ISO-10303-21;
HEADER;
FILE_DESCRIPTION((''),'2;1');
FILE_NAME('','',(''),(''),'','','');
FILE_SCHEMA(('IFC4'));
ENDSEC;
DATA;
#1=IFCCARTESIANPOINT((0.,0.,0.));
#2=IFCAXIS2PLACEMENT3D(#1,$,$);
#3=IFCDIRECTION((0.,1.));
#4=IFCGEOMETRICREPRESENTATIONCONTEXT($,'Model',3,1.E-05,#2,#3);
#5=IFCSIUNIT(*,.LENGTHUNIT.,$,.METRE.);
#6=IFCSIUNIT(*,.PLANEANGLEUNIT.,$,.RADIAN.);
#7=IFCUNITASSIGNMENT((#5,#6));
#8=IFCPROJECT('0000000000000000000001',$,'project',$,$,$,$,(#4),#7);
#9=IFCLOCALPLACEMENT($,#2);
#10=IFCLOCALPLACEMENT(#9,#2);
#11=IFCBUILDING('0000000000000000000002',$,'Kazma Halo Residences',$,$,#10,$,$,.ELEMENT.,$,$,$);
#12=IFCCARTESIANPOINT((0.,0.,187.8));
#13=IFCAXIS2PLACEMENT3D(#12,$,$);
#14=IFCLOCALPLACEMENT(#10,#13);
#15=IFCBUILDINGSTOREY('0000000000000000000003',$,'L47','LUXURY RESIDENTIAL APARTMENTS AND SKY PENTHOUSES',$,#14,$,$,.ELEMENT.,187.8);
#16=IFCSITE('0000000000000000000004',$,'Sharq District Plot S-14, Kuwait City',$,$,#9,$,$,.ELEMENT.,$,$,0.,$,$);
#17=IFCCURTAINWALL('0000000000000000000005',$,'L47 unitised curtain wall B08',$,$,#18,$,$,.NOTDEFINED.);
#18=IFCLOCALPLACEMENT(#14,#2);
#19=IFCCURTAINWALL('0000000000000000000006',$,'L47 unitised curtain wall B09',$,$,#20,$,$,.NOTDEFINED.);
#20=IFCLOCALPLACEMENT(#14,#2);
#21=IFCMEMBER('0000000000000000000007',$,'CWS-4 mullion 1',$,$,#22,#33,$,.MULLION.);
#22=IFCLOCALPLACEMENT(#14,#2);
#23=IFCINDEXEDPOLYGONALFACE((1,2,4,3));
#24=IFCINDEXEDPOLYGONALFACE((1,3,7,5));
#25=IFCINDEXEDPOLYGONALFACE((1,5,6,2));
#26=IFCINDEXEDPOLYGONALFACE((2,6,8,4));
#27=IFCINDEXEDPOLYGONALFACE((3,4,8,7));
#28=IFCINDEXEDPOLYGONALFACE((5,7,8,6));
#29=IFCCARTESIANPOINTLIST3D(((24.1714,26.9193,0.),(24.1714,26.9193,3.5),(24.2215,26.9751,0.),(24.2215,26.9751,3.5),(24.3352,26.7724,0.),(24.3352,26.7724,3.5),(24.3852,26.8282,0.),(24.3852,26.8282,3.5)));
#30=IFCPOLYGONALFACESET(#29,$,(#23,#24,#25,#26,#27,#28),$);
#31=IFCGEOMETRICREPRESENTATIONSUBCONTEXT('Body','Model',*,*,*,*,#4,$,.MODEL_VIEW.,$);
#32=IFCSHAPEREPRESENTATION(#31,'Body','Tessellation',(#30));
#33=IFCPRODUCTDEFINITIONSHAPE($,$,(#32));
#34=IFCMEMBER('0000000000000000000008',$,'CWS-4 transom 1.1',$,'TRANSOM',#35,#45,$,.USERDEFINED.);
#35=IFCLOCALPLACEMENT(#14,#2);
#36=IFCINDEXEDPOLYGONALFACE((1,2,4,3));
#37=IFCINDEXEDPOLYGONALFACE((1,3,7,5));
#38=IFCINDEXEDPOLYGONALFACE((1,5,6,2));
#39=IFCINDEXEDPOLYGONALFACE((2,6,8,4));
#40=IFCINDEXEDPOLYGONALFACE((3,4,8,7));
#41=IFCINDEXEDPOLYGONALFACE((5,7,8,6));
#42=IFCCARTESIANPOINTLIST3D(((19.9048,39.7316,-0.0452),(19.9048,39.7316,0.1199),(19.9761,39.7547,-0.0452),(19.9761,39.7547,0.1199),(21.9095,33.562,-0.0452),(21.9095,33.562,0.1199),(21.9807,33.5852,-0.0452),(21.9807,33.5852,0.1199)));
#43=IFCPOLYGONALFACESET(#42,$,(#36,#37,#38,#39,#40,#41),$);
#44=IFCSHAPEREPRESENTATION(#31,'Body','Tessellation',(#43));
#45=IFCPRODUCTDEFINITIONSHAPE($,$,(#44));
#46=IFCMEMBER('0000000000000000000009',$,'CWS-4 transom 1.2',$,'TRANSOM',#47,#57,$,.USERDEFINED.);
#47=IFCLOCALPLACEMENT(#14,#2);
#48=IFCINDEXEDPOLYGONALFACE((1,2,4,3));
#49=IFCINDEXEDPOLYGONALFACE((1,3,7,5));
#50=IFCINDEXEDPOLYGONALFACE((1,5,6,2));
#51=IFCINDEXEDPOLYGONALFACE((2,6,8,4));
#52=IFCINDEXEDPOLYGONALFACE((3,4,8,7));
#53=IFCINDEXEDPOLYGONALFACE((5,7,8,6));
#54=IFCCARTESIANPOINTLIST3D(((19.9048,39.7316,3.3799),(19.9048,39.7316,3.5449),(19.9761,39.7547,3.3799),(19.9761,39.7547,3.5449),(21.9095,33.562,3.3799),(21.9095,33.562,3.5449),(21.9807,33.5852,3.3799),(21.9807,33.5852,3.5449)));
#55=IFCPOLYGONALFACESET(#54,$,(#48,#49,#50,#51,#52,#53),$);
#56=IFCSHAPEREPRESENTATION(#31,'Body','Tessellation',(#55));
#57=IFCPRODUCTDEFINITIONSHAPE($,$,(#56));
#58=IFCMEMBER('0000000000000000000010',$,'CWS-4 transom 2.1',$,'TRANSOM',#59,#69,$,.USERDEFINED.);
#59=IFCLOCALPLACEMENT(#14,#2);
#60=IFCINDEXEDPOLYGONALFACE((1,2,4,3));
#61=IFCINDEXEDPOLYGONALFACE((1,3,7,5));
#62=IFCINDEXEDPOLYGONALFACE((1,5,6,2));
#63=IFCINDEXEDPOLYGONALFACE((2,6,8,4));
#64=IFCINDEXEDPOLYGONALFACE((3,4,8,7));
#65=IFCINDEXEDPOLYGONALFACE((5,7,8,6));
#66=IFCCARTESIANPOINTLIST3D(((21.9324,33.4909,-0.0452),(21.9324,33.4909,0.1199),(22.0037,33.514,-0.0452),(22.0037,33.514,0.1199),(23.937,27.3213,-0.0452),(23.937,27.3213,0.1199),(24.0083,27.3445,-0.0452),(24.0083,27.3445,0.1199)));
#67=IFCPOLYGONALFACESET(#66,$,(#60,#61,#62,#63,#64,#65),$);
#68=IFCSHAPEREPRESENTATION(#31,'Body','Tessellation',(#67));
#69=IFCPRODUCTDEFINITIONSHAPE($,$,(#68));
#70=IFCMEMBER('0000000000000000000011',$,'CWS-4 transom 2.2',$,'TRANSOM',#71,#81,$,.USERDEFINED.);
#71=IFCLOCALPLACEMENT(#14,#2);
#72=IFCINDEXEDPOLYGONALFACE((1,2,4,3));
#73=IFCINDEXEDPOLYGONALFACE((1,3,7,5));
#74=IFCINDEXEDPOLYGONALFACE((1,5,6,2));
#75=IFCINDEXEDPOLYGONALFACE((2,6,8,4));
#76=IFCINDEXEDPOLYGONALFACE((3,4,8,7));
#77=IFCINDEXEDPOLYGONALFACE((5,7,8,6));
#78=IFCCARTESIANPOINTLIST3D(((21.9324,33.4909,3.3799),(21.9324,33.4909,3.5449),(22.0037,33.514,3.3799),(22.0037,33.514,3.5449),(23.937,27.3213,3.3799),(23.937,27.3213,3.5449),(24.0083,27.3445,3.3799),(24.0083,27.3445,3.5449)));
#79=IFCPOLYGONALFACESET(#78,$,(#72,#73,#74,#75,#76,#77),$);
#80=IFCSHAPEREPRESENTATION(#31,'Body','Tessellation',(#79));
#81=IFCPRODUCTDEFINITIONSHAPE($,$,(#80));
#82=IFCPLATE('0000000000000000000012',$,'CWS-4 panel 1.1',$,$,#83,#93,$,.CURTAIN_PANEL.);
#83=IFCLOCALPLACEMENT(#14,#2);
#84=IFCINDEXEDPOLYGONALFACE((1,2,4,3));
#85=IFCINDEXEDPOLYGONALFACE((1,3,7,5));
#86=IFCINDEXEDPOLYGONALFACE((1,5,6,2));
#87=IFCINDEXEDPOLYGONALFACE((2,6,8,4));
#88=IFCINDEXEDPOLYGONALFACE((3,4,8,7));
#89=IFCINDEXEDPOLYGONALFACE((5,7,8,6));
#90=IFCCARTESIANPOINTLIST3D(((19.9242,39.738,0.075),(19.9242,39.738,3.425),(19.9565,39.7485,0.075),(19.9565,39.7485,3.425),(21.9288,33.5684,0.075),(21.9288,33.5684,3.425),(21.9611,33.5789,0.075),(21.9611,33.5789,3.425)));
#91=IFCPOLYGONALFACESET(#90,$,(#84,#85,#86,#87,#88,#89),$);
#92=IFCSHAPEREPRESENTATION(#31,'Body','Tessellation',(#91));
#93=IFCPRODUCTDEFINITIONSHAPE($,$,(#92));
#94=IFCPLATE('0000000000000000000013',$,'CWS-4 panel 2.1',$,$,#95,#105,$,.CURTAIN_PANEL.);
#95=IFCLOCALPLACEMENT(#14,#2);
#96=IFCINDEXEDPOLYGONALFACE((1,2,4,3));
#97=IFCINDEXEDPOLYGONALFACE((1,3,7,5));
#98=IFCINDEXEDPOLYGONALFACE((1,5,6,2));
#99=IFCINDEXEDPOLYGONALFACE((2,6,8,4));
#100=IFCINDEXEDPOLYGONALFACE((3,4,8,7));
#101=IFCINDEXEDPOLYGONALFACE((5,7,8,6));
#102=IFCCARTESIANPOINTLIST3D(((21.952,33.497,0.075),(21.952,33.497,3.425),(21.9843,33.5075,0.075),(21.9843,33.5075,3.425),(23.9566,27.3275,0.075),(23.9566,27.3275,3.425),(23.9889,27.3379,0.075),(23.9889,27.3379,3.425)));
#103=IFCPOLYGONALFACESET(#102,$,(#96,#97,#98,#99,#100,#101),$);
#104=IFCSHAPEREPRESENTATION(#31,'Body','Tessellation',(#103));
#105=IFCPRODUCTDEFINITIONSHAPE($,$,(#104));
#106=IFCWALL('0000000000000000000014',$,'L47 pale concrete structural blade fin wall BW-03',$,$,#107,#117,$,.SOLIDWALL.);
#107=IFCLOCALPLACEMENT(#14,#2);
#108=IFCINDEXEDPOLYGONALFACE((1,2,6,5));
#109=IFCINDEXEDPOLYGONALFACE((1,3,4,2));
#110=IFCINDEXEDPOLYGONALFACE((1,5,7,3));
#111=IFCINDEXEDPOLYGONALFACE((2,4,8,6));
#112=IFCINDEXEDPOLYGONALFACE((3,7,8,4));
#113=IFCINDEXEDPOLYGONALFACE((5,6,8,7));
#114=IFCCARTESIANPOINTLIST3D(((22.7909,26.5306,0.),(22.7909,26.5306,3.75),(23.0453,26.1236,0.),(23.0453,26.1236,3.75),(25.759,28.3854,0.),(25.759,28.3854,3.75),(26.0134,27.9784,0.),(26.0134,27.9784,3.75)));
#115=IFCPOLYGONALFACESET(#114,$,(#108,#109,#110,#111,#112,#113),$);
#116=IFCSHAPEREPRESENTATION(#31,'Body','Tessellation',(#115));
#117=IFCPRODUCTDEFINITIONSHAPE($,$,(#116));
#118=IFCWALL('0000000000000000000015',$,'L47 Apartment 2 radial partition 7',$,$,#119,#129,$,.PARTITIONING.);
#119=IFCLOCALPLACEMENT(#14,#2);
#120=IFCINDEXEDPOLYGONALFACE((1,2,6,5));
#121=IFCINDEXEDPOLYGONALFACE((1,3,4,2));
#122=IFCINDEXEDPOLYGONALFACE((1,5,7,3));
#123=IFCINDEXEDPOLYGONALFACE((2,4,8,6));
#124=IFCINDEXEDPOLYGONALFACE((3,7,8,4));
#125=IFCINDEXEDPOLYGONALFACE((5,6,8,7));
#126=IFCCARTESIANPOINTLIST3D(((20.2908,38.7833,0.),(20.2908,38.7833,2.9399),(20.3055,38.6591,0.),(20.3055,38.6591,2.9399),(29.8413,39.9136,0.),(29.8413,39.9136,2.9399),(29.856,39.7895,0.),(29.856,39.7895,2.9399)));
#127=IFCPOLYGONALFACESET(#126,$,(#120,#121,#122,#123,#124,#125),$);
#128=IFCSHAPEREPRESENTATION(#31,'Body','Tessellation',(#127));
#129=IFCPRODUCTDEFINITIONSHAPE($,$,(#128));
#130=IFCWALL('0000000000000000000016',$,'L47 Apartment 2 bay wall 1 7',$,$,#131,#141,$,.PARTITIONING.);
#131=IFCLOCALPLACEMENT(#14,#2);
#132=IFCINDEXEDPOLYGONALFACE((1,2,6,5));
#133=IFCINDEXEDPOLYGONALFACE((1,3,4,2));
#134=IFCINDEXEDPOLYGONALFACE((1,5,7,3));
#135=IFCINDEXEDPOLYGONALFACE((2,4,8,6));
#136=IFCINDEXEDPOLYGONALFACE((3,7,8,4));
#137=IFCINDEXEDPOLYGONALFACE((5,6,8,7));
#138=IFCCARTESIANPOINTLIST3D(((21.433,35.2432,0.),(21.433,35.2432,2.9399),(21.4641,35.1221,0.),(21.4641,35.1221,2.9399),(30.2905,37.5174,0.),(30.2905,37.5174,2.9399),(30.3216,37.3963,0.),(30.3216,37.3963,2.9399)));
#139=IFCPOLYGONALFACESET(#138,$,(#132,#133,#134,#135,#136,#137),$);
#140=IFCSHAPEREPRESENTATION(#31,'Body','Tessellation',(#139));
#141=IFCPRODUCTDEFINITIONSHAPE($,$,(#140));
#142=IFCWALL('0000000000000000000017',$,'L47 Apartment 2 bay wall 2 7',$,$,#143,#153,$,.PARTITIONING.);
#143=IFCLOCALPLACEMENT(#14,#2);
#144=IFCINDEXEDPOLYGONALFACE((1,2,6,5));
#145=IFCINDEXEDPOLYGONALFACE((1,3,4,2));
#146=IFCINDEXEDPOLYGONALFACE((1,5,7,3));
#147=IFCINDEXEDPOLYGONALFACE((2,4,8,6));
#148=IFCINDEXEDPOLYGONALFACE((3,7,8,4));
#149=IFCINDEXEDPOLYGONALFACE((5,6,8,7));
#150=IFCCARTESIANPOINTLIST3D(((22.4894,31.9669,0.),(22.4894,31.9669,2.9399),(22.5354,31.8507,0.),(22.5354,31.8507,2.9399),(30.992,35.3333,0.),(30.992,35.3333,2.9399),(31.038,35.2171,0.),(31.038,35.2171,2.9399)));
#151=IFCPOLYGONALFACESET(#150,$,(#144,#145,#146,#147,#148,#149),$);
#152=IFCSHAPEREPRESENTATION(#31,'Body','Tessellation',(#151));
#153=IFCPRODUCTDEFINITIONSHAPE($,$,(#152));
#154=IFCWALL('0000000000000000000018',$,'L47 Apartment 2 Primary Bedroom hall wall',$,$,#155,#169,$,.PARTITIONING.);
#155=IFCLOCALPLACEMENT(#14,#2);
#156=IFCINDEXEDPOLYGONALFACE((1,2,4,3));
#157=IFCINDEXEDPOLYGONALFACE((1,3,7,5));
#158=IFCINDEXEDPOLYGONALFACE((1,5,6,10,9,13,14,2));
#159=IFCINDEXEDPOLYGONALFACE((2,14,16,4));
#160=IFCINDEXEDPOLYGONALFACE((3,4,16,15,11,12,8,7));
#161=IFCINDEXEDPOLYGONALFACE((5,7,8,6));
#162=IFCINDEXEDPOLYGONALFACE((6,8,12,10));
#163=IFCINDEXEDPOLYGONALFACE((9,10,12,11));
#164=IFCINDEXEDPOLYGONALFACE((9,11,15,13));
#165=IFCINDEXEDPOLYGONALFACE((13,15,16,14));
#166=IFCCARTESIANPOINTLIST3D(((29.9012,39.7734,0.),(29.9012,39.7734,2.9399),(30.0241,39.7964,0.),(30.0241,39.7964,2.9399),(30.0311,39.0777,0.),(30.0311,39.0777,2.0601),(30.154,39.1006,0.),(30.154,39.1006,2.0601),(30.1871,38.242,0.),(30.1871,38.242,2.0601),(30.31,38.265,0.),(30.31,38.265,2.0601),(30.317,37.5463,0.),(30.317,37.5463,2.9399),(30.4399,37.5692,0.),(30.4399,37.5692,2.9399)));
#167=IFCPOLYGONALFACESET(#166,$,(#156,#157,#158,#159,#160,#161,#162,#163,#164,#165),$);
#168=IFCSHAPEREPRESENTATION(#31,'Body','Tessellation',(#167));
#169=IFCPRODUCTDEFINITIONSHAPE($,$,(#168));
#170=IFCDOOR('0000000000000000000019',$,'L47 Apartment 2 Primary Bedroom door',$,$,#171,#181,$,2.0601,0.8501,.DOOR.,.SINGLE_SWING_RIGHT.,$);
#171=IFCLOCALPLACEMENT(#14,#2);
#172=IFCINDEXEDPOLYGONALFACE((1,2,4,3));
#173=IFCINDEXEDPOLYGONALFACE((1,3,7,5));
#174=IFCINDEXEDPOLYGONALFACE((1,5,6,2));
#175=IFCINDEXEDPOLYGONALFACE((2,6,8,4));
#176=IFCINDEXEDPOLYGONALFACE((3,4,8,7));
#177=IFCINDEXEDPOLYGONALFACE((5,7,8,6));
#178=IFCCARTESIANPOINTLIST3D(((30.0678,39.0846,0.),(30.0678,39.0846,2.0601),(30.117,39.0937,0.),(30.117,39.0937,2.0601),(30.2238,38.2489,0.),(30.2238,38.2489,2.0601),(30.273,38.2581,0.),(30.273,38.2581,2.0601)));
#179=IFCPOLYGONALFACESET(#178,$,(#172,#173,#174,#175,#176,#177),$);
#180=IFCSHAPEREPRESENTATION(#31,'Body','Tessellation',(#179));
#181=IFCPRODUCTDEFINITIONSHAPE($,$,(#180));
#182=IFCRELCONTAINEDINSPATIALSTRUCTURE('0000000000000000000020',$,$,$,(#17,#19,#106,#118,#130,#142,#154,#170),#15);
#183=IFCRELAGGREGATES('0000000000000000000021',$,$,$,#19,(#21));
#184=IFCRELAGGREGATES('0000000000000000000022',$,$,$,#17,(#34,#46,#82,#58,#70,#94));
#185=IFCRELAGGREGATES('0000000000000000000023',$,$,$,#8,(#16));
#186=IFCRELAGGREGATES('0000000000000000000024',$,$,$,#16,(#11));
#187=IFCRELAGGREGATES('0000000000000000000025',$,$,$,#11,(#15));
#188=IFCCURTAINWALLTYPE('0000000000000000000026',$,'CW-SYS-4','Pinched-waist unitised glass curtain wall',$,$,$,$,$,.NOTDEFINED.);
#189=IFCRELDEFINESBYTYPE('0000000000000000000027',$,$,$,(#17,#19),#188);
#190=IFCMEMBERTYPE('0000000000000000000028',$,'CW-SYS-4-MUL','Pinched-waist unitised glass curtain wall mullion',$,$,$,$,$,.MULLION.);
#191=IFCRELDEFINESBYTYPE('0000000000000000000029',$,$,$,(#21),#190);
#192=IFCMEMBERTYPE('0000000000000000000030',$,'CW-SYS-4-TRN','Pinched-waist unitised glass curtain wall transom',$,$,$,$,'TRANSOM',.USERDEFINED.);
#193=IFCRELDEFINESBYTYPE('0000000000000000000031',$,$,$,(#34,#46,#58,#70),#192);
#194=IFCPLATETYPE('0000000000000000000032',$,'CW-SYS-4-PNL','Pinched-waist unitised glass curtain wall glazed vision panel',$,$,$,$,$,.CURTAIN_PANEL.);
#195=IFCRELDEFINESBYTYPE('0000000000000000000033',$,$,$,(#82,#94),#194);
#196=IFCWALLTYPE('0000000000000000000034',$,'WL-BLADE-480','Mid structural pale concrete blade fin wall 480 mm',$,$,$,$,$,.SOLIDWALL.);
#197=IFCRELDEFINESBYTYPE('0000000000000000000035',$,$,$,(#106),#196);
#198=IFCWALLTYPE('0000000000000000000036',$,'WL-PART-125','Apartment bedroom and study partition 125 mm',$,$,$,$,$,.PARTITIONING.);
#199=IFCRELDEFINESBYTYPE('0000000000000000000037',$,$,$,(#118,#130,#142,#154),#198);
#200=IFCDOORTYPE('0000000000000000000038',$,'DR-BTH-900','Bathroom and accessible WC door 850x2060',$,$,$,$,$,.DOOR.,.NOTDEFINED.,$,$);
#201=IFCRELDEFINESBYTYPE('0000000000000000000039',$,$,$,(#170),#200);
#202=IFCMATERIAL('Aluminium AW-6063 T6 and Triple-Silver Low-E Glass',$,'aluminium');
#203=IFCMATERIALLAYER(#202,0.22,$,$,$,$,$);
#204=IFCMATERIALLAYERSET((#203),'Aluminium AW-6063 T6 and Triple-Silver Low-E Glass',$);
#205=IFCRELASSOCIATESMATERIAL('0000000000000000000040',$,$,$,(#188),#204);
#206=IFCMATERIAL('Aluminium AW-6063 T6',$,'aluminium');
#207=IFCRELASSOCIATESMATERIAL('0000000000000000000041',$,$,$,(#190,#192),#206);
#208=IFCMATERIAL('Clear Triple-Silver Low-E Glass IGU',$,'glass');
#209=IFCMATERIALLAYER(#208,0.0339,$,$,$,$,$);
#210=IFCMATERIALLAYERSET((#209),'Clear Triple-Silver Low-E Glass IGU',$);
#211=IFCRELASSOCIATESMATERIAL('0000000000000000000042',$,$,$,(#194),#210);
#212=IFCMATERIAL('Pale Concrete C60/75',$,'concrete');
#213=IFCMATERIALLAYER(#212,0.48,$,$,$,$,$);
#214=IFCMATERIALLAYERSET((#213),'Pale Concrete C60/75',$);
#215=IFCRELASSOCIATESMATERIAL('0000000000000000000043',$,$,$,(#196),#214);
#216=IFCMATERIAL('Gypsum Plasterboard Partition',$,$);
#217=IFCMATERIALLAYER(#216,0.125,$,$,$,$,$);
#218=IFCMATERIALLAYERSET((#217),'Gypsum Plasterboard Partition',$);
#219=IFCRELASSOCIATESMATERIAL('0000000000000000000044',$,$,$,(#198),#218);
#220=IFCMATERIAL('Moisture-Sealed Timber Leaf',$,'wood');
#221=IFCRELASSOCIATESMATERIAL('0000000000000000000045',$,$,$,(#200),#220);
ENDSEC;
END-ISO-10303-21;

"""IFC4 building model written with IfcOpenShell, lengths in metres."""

from ifc_helpers import new_model, si_unit, direction, frame, frame_2d, origin, origin_2d, place, context, subcontext, project, spatial, rectangle, extrude, material, layer, layer_set, material_profile, profile_set, type_object, element, fill, aggregate, save


model = new_model("IFC4")

# Units and contexts
model_context = context("Model", 3, precision=1e-05, world=origin(), true_north=direction((0.0, 1.0)))
body_context = subcontext(model_context, "Body", "Model", "MODEL_VIEW")
ifc_project = project(units=[si_unit("LENGTHUNIT", "METRE"), si_unit("PLANEANGLEUNIT", "RADIAN")], contexts=[model_context])

# Site, building, storey
site_placement = place(None, origin())
site = spatial("IfcSite", under=ifc_project, at=site_placement, Name="Sharq District Plot S-14, Kuwait City", CompositionType="ELEMENT", RefElevation=0.0)
building_placement = place(site_placement, origin())
building = spatial("IfcBuilding", under=site, at=building_placement, Name="Kazma Halo Residences", CompositionType="ELEMENT")
storey_placement = place(building_placement, frame((0.0, 0.0, 187.8)))
storey = spatial("IfcBuildingStorey", under=building, at=storey_placement, Name="L47", Description="LUXURY RESIDENTIAL APARTMENTS AND SKY PENTHOUSES", CompositionType="ELEMENT", Elevation=187.8)

# Curtain wall
ifc_material_1 = material(Name="Aluminium AW-6063 T6 and Triple-Silver Low-E Glass", Category="aluminium")
ifc_layer_1 = layer(ifc_material_1, 0.22)
ifc_layer_set_1 = layer_set([ifc_layer_1], Name="Aluminium AW-6063 T6 and Triple-Silver Low-E Glass")
curtain_wall_type = type_object("IfcCurtainWallType", Name="CW-SYS-4", Description="Pinched-waist unitised glass curtain wall", PredefinedType="NOTDEFINED", material=ifc_layer_set_1)
curtain_wall_1_placement = place(storey_placement, origin())
curtain_wall_1 = element("IfcCurtainWall", 1, at=curtain_wall_1_placement, inside=storey, type_object=curtain_wall_type, Name="L47 unitised curtain wall B08", PredefinedType="NOTDEFINED")
ifc_material_2 = material(Name="Aluminium AW-6063 T6", Category="aluminium")
ifc_material_profile_1 = material_profile(ifc_material_2, rectangle(XDim=0.075, YDim=0.22, at=origin_2d()), Name="CWM-75x220")
ifc_profile_set_1 = profile_set([ifc_material_profile_1], Name="Aluminium AW-6063 T6")
member_type_1 = type_object("IfcMemberType", Name="CW-SYS-4-MUL", Description="Pinched-waist unitised glass curtain wall mullion", PredefinedType="MULLION", material=ifc_profile_set_1)

# Curtain wall, member
curtain_wall_2_placement = place(storey_placement, origin())
curtain_wall_2 = element("IfcCurtainWall", 2, at=curtain_wall_2_placement, inside=storey, type_object=curtain_wall_type, Name="L47 unitised curtain wall B09", PredefinedType="NOTDEFINED")
member_1_placement = place(storey_placement, frame((24.2783, 26.8738, 0.0), z_axis=(0.0, 0.0, 1.0), x_axis=(0.667784, 0.744355, 0.0)))
member_1 = element("IfcMember", 3, at=member_1_placement, type_object=member_type_1, Name="CWS-4 mullion 1", PredefinedType="MULLION", context=body_context, shape_type="SweptSolid", body=[
    extrude(rectangle(XDim=0.075, YDim=0.22, at=origin_2d()), origin(), (0.0, 0.0, 1.0), 3.5),
])
aggregate(curtain_wall_2, [member_1])

# Members
ifc_material_profile_2 = material_profile(ifc_material_2, rectangle(XDim=0.075, YDim=0.165, at=origin_2d()), Name="CWT-75x165")
ifc_profile_set_2 = profile_set([ifc_material_profile_2], Name="Aluminium AW-6063 T6")
member_type_2 = type_object("IfcMemberType", Name="CW-SYS-4-TRN", Description="Pinched-waist unitised glass curtain wall transom", ElementType="TRANSOM", PredefinedType="USERDEFINED", material=ifc_profile_set_2)
member_2_placement = place(storey_placement, frame((19.9404, 39.7432, 0.0374), z_axis=(0.309027, -0.951053, 0.0), x_axis=(0.951053, 0.309027, 0.0)))
member_2 = element("IfcMember", 4, at=member_2_placement, type_object=member_type_2, Name="CWS-4 transom 1.1", ObjectType="TRANSOM", PredefinedType="USERDEFINED", context=body_context, shape_type="SweptSolid", body=[
    extrude(rectangle(XDim=0.075, YDim=0.165, at=origin_2d()), origin(), (0.0, 0.0, 1.0), 6.4871),
])
member_3_placement = place(storey_placement, frame((19.9404, 39.7432, 3.4624), z_axis=(0.309027, -0.951053, 0.0), x_axis=(0.951053, 0.309027, 0.0)))
member_3 = element("IfcMember", 5, at=member_3_placement, type_object=member_type_2, Name="CWS-4 transom 1.2", ObjectType="TRANSOM", PredefinedType="USERDEFINED", context=body_context, shape_type="SweptSolid", body=[
    extrude(rectangle(XDim=0.075, YDim=0.165, at=origin_2d()), origin(), (0.0, 0.0, 1.0), 6.4871),
])
member_4_placement = place(storey_placement, frame((21.968, 33.5024, 0.0374), z_axis=(0.309015, -0.951057, 0.0), x_axis=(0.951057, 0.309015, 0.0)))
member_4 = element("IfcMember", 6, at=member_4_placement, type_object=member_type_2, Name="CWS-4 transom 2.1", ObjectType="TRANSOM", PredefinedType="USERDEFINED", context=body_context, shape_type="SweptSolid", body=[
    extrude(rectangle(XDim=0.075, YDim=0.165, at=origin_2d()), origin(), (0.0, 0.0, 1.0), 6.4871),
])
member_5_placement = place(storey_placement, frame((21.968, 33.5024, 3.4624), z_axis=(0.309015, -0.951057, 0.0), x_axis=(0.951057, 0.309015, 0.0)))
member_5 = element("IfcMember", 7, at=member_5_placement, type_object=member_type_2, Name="CWS-4 transom 2.2", ObjectType="TRANSOM", PredefinedType="USERDEFINED", context=body_context, shape_type="SweptSolid", body=[
    extrude(rectangle(XDim=0.075, YDim=0.165, at=origin_2d()), origin(), (0.0, 0.0, 1.0), 6.4871),
])

# Plates
ifc_material_3 = material(Name="Clear Triple-Silver Low-E Glass IGU", Category="glass")
ifc_layer_2 = layer(ifc_material_3, 0.0339)
ifc_layer_set_2 = layer_set([ifc_layer_2], Name="Clear Triple-Silver Low-E Glass IGU")
plate_type = type_object("IfcPlateType", Name="CW-SYS-4-PNL", Description="Pinched-waist unitised glass curtain wall glazed vision panel", PredefinedType="CURTAIN_PANEL", material=ifc_layer_set_2)
plate_1_placement = place(storey_placement, frame((20.9426, 36.6584, 0.075), z_axis=(0.0, 0.0, 1.0), x_axis=(0.309016, -0.951057, 0.0)))
plate_1 = element("IfcPlate", 8, at=plate_1_placement, type_object=plate_type, Name="CWS-4 panel 1.1", PredefinedType="CURTAIN_PANEL", context=body_context, shape_type="SweptSolid", body=[
    extrude(rectangle(XDim=6.4871, YDim=0.0339, at=origin_2d()), origin(), (0.0, 0.0, 1.0), 3.3501),
])
plate_2_placement = place(storey_placement, frame((22.9705, 30.4175, 0.075), z_axis=(0.0, 0.0, 1.0), x_axis=(0.309016, -0.951057, 0.0)))
plate_2 = element("IfcPlate", 9, at=plate_2_placement, type_object=plate_type, Name="CWS-4 panel 2.1", PredefinedType="CURTAIN_PANEL", context=body_context, shape_type="SweptSolid", body=[
    extrude(rectangle(XDim=6.4871, YDim=0.0339, at=origin_2d()), origin(), (0.0, 0.0, 1.0), 3.3501),
])
aggregate(curtain_wall_1, [member_2, member_3, plate_1, member_4, member_5, plate_2])

# Walls
ifc_material_4 = material(Name="Pale Concrete C60/75", Category="concrete")
ifc_layer_3 = layer(ifc_material_4, 0.48)
ifc_layer_set_3 = layer_set([ifc_layer_3], Name="Pale Concrete C60/75")
wall_type_1 = type_object("IfcWallType", Name="WL-BLADE-480", Description="Mid structural pale concrete blade fin wall 480 mm", PredefinedType="SOLIDWALL", material=ifc_layer_set_3)
wall_1_placement = place(storey_placement, frame((25.8862, 28.1819, 0.0), z_axis=(0.0, 0.0, 1.0), x_axis=(-0.848034, -0.529943, 0.0)))
element("IfcWall", 10, at=wall_1_placement, inside=storey, type_object=wall_type_1, Name="L47 pale concrete structural blade fin wall BW-03", PredefinedType="SOLIDWALL", context=body_context, shape_type="SweptSolid", body=[
    extrude(rectangle(XDim=3.5, YDim=0.48, at=frame_2d((1.75, 0.0))), origin(), (0.0, 0.0, 1.0), 3.75),
])
ifc_material_5 = material(Name="Gypsum Plasterboard Partition")
ifc_layer_4 = layer(ifc_material_5, 0.125)
ifc_layer_set_4 = layer_set([ifc_layer_4], Name="Gypsum Plasterboard Partition")
wall_type_2 = type_object("IfcWallType", Name="WL-PART-125", Description="Apartment bedroom and study partition 125 mm", PredefinedType="PARTITIONING", material=ifc_layer_set_4)
wall_2_placement = place(storey_placement, frame((29.8486, 39.8516, 0.0), z_axis=(0.0, 0.0, 1.0), x_axis=(-0.993069, -0.117536, 0.0)))
element("IfcWall", 11, at=wall_2_placement, inside=storey, type_object=wall_type_2, Name="L47 Apartment 2 radial partition 7", PredefinedType="PARTITIONING", context=body_context, shape_type="SweptSolid", body=[
    extrude(rectangle(XDim=9.6172, YDim=0.125, at=frame_2d((4.8086, 0.0))), origin(), (0.0, 0.0, 1.0), 2.9399),
])
for number, where, z_axis, x_axis, name in (
    (12, (30.3059, 37.4568, 0.0), (0.0, 0.0, 1.0), (-0.968584, -0.248687, 0.0), "L47 Apartment 2 bay wall 1 7"),
    (13, (31.0149, 35.2751, 0.0), (0.0, 0.0, 1.0), (-0.929776, -0.368125, 0.0), "L47 Apartment 2 bay wall 2 7"),
):
    element("IfcWall", number, at=place(storey_placement, frame(where, z_axis=z_axis, x_axis=x_axis)), inside=storey, type_object=wall_type_2, Name=name, PredefinedType="PARTITIONING", context=body_context, shape_type="SweptSolid", body=[
        extrude(rectangle(XDim=9.1448, YDim=0.125, at=frame_2d((4.5723, 0.0))), origin(), (0.0, 0.0, 1.0), 2.9399),
    ])

# Wall, opening, door
wall_3_placement = place(storey_placement, frame((29.9626, 39.7849, 0.0), z_axis=(0.0, 0.0, 1.0), x_axis=(0.183521, -0.983016, 0.0)))
wall_3 = element("IfcWall", 14, at=wall_3_placement, inside=storey, type_object=wall_type_2, Name="L47 Apartment 2 Primary Bedroom hall wall", PredefinedType="PARTITIONING", context=body_context, shape_type="SweptSolid", body=[
    extrude(rectangle(XDim=2.2656, YDim=0.125, at=frame_2d((1.1328, 0.0))), origin(), (0.0, 0.0, 1.0), 2.9399),
])
opening_1_placement = place(wall_3_placement, frame((0.7078, 0.0, 0.0)))
opening_1 = element("IfcOpeningElement", 15, at=opening_1_placement, cuts=wall_3, PredefinedType="OPENING", context=body_context, shape_type="SweptSolid", body=[
    extrude(rectangle(XDim=0.8501, YDim=2.0601, at=frame_2d((0.425, 1.03))), frame((0.0, 0.0725, 0.0), z_axis=(0.0, -1.0, 0.0), x_axis=(1.0, 0.0, 0.0)), (0.0, 0.0, 1.0), 0.145),
])
ifc_material_6 = material(Name="Moisture-Sealed Timber Leaf", Category="wood")
door_type = type_object("IfcDoorType", Name="DR-BTH-900", Description="Bathroom and accessible WC door 850x2060", OperationType="NOTDEFINED", PredefinedType="DOOR", material=ifc_material_6)
door_1_placement = place(opening_1_placement, origin())
door_1 = element("IfcDoor", 16, at=door_1_placement, inside=storey, type_object=door_type, Name="L47 Apartment 2 Primary Bedroom door", OperationType="SINGLE_SWING_RIGHT", OverallHeight=2.0601, OverallWidth=0.8501, PredefinedType="DOOR", context=body_context, shape_type="SweptSolid", body=[
    extrude(rectangle(XDim=0.8501, YDim=2.0601, at=frame_2d((0.425, 1.03))), frame((0.0, 0.0249, 0.0), z_axis=(0.0, -1.0, 0.0), x_axis=(1.0, 0.0, 0.0)), (0.0, 0.0, 1.0), 0.05),
])
fill(opening_1, door_1)

save(model, "model.ifc")
